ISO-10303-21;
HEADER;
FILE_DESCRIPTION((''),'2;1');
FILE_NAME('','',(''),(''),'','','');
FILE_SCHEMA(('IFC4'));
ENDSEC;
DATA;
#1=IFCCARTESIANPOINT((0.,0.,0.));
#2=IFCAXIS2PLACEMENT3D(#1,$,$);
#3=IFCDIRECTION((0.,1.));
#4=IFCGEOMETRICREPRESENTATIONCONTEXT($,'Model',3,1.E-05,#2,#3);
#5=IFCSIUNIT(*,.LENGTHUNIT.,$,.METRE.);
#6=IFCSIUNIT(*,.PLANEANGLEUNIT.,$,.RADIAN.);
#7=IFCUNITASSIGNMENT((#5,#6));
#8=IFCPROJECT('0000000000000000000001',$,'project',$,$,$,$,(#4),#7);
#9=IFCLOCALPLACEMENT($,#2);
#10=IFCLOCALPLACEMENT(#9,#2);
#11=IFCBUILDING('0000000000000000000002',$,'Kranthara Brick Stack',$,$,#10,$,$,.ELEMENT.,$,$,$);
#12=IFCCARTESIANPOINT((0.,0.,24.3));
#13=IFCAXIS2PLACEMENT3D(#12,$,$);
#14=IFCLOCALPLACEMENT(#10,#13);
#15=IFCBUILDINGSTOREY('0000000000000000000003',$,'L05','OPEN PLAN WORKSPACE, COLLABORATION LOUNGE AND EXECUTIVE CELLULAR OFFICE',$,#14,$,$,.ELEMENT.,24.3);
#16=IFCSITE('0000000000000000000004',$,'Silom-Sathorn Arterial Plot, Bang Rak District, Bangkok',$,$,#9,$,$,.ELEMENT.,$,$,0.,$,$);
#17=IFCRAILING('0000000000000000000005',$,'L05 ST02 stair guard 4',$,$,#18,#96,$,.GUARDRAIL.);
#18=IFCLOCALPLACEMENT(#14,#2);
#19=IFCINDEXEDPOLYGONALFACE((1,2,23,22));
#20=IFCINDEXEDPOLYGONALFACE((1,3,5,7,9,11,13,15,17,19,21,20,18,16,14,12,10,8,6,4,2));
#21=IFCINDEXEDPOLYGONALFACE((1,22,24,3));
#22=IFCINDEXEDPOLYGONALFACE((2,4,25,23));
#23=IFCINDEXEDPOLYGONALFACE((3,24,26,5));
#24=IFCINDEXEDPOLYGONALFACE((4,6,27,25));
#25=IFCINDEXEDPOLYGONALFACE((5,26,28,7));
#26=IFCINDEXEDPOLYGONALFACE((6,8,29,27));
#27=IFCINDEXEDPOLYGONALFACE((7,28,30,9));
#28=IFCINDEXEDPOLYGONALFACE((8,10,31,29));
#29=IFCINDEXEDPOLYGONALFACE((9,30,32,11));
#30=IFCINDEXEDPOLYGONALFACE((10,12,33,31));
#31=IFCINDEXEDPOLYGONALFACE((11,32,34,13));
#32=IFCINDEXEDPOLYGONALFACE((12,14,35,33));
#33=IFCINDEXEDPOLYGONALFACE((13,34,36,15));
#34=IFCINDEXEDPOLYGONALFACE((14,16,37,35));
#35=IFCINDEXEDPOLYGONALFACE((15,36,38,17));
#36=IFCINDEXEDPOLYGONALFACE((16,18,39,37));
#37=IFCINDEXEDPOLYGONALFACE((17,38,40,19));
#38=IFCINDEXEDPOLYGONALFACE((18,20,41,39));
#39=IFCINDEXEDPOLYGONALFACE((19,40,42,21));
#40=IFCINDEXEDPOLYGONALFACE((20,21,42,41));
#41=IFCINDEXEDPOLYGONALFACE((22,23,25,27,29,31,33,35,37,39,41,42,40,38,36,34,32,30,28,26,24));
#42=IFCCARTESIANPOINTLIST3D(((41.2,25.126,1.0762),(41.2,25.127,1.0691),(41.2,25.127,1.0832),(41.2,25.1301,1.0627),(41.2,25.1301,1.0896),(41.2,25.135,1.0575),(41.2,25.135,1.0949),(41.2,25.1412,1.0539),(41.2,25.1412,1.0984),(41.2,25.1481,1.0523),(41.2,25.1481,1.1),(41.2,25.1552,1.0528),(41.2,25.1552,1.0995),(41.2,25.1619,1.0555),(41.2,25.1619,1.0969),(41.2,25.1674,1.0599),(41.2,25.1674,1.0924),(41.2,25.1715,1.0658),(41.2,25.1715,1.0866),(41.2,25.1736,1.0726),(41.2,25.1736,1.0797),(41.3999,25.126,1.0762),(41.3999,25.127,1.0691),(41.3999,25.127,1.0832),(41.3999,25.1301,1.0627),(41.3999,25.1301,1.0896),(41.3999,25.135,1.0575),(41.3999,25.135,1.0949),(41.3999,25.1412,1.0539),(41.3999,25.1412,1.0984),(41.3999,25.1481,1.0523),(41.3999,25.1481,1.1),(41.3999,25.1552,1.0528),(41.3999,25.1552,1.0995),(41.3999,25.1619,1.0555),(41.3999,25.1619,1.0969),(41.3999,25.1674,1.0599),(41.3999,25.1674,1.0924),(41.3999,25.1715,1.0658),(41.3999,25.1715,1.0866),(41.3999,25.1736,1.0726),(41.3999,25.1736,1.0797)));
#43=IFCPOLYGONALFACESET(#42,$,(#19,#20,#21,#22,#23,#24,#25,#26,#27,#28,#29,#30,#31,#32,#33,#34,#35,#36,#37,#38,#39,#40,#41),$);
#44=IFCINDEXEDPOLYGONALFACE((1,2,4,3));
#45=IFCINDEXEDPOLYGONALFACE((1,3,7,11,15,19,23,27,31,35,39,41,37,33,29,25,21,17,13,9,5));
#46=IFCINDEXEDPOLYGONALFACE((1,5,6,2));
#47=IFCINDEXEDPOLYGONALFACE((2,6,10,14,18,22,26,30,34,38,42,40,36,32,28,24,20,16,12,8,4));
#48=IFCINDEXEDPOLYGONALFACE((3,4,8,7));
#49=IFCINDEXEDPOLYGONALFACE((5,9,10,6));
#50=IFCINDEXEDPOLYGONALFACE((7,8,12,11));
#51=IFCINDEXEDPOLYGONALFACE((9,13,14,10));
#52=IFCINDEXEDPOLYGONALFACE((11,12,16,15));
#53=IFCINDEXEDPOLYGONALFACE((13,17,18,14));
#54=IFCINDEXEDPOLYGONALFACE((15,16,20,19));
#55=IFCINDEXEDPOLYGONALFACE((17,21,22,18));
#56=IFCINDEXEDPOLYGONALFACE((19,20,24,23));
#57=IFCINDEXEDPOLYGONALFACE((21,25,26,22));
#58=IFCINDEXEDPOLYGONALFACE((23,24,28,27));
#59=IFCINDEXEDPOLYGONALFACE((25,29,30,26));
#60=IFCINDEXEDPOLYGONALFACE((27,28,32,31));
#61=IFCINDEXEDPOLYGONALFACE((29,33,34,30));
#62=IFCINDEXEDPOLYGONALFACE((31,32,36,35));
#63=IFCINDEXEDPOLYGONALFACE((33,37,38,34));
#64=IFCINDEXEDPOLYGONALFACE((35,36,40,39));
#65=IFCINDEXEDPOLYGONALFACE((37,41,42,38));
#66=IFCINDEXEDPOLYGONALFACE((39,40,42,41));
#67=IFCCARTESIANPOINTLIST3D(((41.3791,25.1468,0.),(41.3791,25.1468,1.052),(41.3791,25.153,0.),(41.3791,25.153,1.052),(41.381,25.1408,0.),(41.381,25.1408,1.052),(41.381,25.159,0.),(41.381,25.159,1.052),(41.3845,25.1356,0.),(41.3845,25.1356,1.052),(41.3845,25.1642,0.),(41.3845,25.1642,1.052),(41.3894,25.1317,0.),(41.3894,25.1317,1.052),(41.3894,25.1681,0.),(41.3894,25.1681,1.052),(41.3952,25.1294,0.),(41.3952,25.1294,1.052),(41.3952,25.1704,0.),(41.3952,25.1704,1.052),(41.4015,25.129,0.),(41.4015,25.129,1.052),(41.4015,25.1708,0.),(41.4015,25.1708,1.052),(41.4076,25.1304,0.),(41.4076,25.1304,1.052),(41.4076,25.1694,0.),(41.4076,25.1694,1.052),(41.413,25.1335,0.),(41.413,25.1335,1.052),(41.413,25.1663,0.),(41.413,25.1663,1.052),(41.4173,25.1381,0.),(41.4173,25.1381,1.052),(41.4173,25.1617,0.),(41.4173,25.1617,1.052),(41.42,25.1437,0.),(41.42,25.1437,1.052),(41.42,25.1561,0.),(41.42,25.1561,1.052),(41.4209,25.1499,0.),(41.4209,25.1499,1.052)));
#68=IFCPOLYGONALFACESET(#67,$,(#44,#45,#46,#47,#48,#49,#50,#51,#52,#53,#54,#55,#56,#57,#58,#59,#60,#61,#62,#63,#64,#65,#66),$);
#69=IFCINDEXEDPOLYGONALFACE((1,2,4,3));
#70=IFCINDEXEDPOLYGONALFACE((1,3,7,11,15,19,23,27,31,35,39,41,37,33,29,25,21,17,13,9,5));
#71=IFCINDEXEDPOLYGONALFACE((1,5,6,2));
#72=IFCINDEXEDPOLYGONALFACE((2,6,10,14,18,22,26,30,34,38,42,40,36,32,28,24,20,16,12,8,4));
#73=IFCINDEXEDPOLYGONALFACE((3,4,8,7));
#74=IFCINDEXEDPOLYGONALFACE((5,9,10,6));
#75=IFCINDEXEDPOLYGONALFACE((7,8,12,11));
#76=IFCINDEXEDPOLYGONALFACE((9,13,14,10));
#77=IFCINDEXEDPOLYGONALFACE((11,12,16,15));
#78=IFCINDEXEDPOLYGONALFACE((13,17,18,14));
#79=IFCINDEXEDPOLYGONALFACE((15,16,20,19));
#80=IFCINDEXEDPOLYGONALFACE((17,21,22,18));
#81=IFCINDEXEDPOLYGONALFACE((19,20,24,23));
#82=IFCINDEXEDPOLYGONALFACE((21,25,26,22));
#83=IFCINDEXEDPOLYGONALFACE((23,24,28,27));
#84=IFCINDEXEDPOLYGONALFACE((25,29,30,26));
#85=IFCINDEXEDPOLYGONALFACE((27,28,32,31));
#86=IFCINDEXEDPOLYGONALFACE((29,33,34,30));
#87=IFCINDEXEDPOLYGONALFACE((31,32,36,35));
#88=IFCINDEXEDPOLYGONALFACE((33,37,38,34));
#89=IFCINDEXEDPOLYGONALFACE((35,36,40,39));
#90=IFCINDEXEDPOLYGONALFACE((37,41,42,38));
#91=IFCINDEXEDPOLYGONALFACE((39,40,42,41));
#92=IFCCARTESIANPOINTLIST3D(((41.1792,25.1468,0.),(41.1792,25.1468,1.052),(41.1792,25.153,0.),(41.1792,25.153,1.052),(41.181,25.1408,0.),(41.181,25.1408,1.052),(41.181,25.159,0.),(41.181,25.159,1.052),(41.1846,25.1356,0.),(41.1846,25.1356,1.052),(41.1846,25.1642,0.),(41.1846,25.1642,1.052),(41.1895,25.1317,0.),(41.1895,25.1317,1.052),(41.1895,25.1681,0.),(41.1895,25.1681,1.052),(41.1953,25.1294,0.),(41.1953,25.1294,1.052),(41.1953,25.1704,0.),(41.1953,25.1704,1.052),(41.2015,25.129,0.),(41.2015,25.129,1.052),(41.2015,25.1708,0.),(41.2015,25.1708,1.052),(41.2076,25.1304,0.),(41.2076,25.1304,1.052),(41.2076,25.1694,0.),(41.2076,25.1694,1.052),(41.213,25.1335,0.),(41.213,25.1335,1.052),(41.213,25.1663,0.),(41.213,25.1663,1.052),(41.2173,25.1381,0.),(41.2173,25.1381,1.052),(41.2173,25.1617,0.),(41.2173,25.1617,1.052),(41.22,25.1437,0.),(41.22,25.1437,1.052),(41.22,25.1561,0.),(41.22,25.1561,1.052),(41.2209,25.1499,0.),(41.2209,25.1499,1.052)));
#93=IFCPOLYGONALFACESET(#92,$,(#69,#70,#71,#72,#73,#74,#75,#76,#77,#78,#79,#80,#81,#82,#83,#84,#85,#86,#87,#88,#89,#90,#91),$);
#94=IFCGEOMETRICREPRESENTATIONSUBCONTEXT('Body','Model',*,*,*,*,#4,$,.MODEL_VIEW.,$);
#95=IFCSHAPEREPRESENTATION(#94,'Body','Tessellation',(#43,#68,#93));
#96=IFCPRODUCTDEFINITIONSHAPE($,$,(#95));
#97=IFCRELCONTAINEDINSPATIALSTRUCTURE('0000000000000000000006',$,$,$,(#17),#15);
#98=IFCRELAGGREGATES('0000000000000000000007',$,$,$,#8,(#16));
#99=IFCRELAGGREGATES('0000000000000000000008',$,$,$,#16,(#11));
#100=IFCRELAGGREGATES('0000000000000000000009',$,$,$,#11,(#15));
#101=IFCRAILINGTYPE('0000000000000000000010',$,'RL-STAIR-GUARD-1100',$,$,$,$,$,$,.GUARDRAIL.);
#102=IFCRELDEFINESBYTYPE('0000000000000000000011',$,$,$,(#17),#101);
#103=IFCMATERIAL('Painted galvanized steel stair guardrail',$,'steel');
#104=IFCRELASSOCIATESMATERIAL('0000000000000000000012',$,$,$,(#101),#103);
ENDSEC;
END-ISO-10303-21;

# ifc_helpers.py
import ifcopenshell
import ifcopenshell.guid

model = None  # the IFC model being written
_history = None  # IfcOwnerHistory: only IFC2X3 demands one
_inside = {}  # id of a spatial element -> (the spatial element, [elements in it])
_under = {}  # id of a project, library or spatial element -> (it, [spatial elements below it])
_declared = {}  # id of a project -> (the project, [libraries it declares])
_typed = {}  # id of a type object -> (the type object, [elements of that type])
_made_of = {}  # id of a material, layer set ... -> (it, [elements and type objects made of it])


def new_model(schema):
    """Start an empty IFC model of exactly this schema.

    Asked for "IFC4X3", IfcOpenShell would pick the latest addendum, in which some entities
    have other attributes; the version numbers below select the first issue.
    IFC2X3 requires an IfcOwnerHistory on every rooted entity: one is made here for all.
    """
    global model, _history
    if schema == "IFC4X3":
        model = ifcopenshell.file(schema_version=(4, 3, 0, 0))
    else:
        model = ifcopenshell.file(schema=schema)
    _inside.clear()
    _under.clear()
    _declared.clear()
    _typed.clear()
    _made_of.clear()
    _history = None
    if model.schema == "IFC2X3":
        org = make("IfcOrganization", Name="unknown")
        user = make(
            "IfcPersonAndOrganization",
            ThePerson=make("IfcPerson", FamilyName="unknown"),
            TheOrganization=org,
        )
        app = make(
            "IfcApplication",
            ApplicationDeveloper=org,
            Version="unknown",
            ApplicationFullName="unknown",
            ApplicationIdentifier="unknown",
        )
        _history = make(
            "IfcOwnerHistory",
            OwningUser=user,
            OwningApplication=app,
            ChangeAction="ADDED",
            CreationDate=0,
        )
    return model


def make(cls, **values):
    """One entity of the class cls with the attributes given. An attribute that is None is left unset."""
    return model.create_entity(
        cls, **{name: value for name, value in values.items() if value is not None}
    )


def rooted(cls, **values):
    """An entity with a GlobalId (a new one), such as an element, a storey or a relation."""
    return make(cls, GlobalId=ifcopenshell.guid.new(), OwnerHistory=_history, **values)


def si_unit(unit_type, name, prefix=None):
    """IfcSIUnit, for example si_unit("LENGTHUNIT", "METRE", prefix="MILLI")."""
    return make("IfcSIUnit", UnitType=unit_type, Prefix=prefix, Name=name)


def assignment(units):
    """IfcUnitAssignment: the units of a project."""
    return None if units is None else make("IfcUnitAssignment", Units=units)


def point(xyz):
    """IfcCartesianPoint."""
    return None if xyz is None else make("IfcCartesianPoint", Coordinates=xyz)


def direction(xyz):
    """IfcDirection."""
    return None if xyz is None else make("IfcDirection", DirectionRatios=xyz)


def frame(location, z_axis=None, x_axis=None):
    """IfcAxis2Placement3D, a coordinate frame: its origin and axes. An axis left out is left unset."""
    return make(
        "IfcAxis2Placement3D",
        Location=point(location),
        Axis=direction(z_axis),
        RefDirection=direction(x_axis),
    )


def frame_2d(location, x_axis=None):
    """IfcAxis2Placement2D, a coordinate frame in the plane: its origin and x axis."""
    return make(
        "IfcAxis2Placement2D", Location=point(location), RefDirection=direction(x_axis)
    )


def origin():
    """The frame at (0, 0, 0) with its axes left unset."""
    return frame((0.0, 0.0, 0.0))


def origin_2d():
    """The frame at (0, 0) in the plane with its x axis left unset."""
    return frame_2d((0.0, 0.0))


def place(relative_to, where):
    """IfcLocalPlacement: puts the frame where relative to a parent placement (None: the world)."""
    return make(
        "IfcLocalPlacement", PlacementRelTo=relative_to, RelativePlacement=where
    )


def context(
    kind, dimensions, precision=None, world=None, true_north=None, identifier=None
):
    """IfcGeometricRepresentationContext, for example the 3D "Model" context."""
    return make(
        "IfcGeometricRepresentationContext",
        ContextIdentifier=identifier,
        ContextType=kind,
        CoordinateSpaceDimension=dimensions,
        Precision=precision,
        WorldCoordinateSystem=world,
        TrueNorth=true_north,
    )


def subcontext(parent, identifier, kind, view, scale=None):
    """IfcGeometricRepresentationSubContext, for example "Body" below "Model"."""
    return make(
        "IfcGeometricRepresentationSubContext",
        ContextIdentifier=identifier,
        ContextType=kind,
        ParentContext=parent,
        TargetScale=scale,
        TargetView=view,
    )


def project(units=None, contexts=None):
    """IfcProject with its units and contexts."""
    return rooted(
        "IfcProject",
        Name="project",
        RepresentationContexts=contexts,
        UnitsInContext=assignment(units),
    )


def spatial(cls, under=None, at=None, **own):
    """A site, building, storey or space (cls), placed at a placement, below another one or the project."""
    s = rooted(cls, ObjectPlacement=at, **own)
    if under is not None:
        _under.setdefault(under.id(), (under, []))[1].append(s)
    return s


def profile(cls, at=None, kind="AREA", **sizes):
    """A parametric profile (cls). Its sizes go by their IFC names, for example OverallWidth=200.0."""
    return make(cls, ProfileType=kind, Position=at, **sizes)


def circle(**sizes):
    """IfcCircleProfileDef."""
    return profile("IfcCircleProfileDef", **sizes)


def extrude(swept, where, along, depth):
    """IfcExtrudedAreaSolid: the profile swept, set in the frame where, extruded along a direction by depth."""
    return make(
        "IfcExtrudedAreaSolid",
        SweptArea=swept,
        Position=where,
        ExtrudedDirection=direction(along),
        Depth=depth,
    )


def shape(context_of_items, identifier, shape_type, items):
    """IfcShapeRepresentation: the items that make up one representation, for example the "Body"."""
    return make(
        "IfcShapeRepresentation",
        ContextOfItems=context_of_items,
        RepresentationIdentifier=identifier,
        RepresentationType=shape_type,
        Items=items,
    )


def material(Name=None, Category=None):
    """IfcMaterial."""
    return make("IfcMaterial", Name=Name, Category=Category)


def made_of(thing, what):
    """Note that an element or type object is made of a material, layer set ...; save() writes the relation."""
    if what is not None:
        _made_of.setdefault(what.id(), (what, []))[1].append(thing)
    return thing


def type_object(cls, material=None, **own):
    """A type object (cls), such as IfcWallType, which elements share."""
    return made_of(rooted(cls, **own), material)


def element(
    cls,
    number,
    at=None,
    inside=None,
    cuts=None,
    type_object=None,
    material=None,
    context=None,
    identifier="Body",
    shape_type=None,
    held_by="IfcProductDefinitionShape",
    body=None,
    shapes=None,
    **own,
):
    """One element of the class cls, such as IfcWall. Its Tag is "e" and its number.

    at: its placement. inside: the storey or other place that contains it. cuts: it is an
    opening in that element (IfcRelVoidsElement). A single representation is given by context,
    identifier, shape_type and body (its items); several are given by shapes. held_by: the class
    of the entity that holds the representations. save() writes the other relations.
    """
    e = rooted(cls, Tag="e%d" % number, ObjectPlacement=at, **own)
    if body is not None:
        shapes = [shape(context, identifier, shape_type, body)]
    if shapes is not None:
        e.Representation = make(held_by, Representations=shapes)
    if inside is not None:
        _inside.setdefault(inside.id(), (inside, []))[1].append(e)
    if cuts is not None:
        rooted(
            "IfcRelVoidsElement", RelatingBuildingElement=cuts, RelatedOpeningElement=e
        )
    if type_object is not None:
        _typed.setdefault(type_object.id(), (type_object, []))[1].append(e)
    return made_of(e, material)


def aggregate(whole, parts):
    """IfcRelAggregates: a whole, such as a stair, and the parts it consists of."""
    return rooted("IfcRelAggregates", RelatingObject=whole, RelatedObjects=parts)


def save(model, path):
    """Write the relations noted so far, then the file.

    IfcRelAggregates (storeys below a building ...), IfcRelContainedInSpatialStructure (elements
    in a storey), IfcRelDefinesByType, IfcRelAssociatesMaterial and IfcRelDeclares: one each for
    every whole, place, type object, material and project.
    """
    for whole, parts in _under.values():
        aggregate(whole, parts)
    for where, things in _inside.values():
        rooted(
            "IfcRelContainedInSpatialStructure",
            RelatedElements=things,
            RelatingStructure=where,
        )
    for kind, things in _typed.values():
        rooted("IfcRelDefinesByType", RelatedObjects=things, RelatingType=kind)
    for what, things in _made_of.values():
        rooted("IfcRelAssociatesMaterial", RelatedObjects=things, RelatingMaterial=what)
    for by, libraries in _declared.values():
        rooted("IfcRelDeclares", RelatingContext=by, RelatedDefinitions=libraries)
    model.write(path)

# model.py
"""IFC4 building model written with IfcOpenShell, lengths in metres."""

from ifc_helpers import new_model, si_unit, direction, frame, origin, origin_2d, place, context, subcontext, project, spatial, circle, extrude, material, type_object, element, save


model = new_model("IFC4")

# Units and contexts
model_context = context("Model", 3, precision=1e-05, world=origin(), true_north=direction((0.0, 1.0)))
body_context = subcontext(model_context, "Body", "Model", "MODEL_VIEW")
ifc_project = project(units=[si_unit("LENGTHUNIT", "METRE"), si_unit("PLANEANGLEUNIT", "RADIAN")], contexts=[model_context])

# Site, building, storey
site_placement = place(None, origin())
site = spatial("IfcSite", under=ifc_project, at=site_placement, Name="Silom-Sathorn Arterial Plot, Bang Rak District, Bangkok", CompositionType="ELEMENT", RefElevation=0.0)
building_placement = place(site_placement, origin())
building = spatial("IfcBuilding", under=site, at=building_placement, Name="Kranthara Brick Stack", CompositionType="ELEMENT")
storey_placement = place(building_placement, frame((0.0, 0.0, 24.3)))
storey = spatial("IfcBuildingStorey", under=building, at=storey_placement, Name="L05", Description="OPEN PLAN WORKSPACE, COLLABORATION LOUNGE AND EXECUTIVE CELLULAR OFFICE", CompositionType="ELEMENT", Elevation=24.3)

# Railing
ifc_material_1 = material(Name="Painted galvanized steel stair guardrail", Category="steel")
railing_type_1 = type_object("IfcRailingType", Name="RL-STAIR-GUARD-1100", PredefinedType="GUARDRAIL", material=ifc_material_1)
railing_1_placement = place(storey_placement, frame((41.3999, 25.1499, 0.0)))
element("IfcRailing", 1, at=railing_1_placement, inside=storey, type_object=railing_type_1, Name="L05 ST02 stair guard 4", PredefinedType="GUARDRAIL", context=body_context, shape_type="SweptSolid", body=[
    extrude(circle(Radius=0.0239, at=origin_2d()), frame((0.0, 0.0, 1.0762), z_axis=(-1.0, 0.0, 0.0), x_axis=(0.0, -1.0, 0.0)), (0.0, 0.0, 1.0), 0.2),
    extrude(circle(Radius=0.021, at=origin_2d()), origin(), (0.0, 0.0, 1.0), 1.052),
    extrude(circle(Radius=0.021, at=origin_2d()), frame((-0.2, 0.0, 0.0)), (0.0, 0.0, 1.0), 1.052),
])

save(model, "model.ifc")
